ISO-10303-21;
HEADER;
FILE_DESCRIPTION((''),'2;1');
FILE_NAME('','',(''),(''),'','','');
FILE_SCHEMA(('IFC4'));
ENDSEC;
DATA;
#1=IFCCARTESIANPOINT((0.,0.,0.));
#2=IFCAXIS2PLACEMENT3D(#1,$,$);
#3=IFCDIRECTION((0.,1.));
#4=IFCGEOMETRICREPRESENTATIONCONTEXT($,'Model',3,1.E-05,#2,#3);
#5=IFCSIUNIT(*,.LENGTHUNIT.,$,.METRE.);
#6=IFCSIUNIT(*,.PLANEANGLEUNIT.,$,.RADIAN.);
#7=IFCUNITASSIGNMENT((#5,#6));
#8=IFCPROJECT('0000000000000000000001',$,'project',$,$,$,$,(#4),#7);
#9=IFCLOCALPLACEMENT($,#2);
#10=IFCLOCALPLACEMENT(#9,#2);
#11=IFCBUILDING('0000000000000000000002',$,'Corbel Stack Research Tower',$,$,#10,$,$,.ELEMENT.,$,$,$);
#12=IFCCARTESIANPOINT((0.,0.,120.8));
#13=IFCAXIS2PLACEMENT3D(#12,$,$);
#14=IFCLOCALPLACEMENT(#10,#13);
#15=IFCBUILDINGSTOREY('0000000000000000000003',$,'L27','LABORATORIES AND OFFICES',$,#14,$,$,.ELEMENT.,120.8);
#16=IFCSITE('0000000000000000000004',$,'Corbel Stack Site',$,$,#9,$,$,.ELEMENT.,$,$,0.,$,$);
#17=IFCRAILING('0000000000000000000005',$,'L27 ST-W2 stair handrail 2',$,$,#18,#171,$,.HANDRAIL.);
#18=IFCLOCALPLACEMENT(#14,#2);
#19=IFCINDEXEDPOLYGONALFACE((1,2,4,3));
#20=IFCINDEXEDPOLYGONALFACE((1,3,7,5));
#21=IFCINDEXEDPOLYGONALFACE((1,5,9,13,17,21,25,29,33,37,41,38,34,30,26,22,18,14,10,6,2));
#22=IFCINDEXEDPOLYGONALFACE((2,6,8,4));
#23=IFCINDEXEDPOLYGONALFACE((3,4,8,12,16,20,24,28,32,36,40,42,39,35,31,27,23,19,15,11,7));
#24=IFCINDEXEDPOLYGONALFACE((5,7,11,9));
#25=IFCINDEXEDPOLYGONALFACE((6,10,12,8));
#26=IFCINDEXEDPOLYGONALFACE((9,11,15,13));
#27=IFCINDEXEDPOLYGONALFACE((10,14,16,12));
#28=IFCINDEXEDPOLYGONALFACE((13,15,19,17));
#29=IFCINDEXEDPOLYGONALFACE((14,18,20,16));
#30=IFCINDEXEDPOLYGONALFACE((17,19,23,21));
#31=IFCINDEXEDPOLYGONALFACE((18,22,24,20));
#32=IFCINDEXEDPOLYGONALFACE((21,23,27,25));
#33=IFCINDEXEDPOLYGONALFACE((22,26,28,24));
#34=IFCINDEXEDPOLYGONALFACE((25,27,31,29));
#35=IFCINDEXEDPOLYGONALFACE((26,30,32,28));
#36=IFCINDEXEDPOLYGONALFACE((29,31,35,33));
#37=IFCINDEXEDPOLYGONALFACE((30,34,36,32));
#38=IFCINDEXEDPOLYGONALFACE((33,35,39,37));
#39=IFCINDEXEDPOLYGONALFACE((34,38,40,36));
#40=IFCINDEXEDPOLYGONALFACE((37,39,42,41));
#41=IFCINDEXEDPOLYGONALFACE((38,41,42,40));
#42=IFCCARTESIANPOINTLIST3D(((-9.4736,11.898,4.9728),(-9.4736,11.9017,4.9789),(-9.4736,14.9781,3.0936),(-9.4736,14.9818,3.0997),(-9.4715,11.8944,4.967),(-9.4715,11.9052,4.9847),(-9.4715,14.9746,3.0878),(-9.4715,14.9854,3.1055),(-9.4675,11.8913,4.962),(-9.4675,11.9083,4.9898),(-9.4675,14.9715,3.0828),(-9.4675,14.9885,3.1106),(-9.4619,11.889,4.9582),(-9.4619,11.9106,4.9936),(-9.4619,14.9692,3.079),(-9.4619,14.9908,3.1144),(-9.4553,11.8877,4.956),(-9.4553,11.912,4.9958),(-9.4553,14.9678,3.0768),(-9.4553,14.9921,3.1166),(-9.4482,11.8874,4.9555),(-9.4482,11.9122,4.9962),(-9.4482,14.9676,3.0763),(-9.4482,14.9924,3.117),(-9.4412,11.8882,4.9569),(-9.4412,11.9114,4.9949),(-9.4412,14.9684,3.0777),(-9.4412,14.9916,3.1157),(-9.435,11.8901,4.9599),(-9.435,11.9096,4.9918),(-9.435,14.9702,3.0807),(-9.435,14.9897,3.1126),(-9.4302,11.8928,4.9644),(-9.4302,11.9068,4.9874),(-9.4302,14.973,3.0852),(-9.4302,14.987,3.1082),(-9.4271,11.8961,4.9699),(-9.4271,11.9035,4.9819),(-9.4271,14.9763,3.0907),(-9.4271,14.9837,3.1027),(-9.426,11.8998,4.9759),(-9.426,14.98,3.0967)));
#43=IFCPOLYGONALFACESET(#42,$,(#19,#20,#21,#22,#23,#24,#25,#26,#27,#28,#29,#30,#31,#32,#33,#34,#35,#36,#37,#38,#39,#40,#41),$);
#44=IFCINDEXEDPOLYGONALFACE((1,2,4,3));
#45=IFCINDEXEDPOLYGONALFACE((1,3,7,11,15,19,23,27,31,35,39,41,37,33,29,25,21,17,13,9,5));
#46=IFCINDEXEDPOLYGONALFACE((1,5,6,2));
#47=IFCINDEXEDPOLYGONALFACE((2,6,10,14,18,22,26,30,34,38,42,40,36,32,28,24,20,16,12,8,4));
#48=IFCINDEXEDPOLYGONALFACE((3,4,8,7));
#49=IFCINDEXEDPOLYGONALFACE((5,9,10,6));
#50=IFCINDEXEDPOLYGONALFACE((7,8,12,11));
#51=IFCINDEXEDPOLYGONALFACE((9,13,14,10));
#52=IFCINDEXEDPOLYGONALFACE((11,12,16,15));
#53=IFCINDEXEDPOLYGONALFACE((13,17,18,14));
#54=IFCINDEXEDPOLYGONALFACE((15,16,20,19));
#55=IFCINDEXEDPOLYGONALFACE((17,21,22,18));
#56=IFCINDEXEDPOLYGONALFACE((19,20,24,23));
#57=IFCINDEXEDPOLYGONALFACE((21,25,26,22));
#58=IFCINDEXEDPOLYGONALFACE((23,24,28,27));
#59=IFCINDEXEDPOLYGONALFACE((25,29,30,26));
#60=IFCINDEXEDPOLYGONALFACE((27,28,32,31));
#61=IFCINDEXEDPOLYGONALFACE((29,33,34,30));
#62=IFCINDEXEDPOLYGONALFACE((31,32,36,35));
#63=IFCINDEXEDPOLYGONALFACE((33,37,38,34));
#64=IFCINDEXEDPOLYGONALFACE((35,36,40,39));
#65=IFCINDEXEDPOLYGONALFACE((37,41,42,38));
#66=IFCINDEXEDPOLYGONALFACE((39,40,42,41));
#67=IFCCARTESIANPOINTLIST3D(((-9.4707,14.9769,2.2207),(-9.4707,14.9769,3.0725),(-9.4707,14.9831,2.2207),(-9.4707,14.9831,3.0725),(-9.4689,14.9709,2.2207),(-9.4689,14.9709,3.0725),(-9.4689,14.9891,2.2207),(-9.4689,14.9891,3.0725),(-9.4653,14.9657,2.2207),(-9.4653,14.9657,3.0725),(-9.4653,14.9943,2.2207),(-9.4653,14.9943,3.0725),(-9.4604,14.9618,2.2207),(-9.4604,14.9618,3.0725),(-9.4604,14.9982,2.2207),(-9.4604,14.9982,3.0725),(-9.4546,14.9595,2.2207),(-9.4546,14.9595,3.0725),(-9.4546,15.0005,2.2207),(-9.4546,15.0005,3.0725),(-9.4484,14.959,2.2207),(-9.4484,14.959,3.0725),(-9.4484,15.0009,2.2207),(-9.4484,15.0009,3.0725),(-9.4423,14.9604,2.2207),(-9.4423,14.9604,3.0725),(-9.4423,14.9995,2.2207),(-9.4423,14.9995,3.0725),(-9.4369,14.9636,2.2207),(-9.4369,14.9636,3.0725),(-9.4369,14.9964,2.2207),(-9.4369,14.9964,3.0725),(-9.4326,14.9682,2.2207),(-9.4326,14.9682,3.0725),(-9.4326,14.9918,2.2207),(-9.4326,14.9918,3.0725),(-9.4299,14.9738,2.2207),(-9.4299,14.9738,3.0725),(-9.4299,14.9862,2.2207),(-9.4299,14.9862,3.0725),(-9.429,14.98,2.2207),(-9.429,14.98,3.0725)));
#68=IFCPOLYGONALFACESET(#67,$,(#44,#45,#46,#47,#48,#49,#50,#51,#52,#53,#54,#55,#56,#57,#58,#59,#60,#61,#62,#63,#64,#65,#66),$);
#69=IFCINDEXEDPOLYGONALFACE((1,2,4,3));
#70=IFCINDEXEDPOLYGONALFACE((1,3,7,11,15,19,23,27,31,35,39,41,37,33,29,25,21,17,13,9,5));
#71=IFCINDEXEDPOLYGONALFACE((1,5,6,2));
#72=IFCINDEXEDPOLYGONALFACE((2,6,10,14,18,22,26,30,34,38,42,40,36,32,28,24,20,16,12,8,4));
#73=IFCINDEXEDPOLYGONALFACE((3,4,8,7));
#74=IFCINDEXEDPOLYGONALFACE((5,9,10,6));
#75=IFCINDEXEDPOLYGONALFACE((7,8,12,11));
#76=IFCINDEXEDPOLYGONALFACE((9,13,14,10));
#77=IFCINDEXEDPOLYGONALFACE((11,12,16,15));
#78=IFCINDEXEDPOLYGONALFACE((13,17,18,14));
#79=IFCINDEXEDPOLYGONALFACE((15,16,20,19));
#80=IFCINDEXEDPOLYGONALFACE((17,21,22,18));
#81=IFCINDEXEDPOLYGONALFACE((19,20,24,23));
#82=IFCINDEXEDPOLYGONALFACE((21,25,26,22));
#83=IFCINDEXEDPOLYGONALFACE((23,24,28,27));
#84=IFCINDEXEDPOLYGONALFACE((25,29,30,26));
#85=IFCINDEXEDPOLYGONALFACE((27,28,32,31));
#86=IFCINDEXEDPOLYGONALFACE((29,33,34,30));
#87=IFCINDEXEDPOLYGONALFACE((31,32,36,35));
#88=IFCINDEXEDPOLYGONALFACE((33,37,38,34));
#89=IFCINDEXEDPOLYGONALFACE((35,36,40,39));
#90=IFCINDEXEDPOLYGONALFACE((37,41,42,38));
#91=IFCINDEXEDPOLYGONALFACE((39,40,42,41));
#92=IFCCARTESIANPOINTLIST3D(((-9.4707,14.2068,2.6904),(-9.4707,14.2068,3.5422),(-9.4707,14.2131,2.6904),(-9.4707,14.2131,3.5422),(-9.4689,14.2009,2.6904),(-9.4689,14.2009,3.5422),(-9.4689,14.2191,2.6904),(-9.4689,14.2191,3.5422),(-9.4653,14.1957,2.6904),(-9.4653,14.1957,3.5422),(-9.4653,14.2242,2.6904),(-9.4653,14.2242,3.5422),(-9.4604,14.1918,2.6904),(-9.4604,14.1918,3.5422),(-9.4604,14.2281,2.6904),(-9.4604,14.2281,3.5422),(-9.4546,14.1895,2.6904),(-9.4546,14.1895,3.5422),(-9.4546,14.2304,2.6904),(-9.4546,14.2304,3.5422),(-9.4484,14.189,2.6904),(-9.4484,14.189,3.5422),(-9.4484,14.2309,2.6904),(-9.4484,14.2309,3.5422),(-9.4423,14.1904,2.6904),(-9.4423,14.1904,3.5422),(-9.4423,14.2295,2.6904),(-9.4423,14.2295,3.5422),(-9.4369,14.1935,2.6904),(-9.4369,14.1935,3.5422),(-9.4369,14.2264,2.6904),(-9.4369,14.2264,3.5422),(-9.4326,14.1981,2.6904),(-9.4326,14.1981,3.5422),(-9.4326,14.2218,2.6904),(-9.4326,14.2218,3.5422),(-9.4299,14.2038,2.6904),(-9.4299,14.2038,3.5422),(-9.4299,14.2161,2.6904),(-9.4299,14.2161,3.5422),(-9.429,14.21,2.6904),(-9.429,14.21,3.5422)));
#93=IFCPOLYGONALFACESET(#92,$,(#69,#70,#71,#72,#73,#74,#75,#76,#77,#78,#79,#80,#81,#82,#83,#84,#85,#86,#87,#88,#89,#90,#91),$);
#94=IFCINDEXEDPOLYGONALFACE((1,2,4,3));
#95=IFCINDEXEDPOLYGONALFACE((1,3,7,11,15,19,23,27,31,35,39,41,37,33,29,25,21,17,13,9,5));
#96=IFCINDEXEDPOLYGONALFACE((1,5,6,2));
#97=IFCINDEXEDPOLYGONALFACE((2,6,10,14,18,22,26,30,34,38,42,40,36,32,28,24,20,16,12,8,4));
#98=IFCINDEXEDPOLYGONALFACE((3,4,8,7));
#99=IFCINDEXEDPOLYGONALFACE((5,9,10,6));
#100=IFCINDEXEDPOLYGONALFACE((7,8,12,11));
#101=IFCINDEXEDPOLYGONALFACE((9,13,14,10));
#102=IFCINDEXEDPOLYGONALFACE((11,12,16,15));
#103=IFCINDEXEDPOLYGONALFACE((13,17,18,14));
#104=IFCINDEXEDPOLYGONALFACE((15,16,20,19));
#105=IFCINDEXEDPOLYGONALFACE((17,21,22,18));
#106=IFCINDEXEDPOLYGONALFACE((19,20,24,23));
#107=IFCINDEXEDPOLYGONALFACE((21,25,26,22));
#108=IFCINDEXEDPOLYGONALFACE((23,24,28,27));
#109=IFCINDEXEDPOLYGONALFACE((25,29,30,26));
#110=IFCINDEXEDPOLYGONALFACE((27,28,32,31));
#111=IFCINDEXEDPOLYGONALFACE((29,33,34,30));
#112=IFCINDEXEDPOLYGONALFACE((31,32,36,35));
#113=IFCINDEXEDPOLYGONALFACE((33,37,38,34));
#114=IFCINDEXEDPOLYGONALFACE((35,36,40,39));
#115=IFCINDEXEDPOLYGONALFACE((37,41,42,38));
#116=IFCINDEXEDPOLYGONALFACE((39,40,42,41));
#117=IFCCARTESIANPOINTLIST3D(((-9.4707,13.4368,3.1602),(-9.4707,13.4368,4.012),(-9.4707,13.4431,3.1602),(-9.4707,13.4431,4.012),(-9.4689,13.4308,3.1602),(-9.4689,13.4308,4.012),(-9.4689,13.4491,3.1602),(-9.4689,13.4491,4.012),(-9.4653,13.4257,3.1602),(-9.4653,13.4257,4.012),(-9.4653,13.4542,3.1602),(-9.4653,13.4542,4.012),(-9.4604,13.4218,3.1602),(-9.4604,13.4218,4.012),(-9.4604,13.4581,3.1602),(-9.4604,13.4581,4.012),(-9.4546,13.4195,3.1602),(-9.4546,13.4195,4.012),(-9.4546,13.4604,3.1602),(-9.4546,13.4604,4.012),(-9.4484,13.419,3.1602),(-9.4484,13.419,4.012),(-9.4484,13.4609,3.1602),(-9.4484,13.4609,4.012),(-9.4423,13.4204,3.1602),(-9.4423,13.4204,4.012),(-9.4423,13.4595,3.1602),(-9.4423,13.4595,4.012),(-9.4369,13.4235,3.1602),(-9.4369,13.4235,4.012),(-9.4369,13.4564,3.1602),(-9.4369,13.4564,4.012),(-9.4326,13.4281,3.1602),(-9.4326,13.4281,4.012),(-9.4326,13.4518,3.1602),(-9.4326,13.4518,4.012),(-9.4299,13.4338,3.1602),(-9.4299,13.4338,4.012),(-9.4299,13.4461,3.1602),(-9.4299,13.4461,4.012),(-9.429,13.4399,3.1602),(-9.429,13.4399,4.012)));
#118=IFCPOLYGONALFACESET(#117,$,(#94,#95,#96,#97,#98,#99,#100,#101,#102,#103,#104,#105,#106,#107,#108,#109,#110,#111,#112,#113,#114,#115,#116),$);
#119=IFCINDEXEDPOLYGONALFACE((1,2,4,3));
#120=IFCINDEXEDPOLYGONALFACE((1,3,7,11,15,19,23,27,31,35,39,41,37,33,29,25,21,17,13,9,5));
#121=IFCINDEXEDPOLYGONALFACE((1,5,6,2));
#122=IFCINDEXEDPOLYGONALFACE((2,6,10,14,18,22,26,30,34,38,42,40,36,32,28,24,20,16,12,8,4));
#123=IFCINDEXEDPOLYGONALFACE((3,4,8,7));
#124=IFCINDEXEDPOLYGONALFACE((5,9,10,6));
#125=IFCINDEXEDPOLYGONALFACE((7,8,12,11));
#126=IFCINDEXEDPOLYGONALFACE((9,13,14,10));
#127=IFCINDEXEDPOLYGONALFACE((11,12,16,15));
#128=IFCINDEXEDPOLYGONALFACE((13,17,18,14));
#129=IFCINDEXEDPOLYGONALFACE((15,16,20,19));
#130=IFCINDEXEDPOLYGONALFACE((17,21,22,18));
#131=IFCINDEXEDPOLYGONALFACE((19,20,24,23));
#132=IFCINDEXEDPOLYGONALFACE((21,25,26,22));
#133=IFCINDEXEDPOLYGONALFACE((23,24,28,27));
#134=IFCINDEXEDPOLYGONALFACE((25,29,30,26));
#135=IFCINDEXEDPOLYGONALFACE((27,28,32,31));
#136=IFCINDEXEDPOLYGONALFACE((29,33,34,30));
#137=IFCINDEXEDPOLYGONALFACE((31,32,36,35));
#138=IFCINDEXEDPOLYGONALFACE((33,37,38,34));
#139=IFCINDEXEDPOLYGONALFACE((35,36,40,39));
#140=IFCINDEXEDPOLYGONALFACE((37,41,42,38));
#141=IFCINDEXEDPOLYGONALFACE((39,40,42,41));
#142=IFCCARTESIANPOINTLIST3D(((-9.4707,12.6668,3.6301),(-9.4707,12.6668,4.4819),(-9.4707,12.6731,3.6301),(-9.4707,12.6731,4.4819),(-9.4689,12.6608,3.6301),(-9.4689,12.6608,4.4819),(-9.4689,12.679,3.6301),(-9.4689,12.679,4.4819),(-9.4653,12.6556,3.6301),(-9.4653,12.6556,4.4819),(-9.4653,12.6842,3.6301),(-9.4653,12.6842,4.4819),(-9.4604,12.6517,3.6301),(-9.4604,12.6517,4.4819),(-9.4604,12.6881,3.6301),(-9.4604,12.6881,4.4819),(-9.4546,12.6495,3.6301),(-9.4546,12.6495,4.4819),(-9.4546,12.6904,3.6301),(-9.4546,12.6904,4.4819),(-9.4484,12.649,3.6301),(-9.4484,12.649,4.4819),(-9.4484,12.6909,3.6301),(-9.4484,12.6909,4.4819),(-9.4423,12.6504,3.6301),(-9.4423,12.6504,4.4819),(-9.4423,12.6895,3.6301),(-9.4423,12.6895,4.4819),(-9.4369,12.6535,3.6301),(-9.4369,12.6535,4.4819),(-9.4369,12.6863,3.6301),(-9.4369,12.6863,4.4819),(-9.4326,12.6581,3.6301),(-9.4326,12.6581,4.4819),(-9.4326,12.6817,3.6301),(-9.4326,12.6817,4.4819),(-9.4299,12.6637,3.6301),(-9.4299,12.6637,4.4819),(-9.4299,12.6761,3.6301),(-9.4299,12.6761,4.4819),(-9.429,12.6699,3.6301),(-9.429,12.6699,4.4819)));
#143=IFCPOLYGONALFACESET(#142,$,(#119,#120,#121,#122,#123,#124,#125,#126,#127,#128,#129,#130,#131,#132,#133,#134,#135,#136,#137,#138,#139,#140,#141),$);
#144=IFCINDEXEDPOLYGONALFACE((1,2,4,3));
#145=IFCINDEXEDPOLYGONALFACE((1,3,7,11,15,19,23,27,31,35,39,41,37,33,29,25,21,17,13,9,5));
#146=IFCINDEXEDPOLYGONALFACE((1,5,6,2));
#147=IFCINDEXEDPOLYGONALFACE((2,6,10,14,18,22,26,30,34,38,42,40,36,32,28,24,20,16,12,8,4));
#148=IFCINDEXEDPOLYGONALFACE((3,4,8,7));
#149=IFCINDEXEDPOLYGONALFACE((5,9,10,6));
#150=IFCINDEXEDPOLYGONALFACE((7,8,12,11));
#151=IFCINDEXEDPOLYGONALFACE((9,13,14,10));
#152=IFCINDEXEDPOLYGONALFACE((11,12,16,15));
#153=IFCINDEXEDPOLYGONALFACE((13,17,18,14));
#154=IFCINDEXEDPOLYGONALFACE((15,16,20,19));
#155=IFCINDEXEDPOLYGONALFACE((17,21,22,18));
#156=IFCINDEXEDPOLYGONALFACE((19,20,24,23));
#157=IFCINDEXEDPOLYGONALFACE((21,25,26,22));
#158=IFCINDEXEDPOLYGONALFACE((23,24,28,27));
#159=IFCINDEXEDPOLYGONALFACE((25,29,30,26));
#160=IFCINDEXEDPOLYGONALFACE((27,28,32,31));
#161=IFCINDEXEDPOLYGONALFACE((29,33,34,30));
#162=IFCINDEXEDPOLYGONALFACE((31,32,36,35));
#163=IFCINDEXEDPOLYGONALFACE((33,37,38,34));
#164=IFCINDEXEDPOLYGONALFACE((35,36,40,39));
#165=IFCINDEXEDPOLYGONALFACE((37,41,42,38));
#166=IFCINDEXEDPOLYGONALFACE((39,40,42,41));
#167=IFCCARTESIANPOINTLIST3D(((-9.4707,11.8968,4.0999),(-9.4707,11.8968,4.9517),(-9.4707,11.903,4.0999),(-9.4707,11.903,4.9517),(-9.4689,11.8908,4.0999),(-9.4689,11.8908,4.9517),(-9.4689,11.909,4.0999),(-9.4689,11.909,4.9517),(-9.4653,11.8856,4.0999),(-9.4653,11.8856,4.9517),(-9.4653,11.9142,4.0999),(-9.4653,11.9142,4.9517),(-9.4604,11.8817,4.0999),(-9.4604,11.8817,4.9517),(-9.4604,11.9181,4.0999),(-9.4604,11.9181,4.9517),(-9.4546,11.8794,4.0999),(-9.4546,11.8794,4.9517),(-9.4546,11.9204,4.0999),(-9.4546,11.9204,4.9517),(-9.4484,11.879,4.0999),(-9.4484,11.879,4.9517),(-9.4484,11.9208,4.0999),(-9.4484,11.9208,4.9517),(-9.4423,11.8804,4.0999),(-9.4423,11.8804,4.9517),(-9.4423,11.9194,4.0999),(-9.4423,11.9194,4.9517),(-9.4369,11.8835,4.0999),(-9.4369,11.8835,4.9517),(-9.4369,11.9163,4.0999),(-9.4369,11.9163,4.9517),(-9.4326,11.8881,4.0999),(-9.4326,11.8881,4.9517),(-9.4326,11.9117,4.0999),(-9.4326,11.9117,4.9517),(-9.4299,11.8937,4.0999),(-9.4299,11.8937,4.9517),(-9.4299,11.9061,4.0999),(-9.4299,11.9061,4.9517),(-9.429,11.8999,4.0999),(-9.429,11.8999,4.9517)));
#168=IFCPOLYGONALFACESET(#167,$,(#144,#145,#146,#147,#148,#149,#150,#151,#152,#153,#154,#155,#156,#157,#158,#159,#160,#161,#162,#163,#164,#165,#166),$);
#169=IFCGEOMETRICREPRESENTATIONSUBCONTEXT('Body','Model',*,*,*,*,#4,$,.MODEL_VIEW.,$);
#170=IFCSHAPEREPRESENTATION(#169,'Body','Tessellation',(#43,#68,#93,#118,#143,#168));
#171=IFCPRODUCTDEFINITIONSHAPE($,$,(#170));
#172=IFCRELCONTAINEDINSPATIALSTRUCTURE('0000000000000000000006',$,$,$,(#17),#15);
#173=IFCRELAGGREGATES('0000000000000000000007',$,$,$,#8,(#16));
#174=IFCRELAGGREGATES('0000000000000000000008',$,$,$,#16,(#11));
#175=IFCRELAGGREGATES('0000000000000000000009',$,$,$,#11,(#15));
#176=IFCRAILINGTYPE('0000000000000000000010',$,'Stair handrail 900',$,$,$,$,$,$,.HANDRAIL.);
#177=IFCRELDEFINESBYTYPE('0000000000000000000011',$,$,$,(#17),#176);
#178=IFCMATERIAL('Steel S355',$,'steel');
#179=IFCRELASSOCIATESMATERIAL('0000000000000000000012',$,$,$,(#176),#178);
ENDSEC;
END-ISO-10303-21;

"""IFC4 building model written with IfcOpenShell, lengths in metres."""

from ifc_helpers import new_model, si_unit, direction, frame, origin, origin_2d, place, context, subcontext, project, spatial, circle, extrude, material, type_object, element, save


model = new_model("IFC4")

# Units and contexts
model_context = context("Model", 3, precision=1e-05, world=origin(), true_north=direction((0.0, 1.0)))
body_context = subcontext(model_context, "Body", "Model", "MODEL_VIEW")
ifc_project = project(units=[si_unit("LENGTHUNIT", "METRE"), si_unit("PLANEANGLEUNIT", "RADIAN")], contexts=[model_context])

# Site, building, storey
site_placement = place(None, origin())
site = spatial("IfcSite", under=ifc_project, at=site_placement, Name="Corbel Stack Site", CompositionType="ELEMENT", RefElevation=0.0)
building_placement = place(site_placement, origin())
building = spatial("IfcBuilding", under=site, at=building_placement, Name="Corbel Stack Research Tower", CompositionType="ELEMENT")
storey_placement = place(building_placement, frame((0.0, 0.0, 120.8)))
storey = spatial("IfcBuildingStorey", under=building, at=storey_placement, Name="L27", Description="LABORATORIES AND OFFICES", CompositionType="ELEMENT", Elevation=120.8)

# Railing
ifc_material_1 = material(Name="Steel S355", Category="steel")
railing_type_1 = type_object("IfcRailingType", Name="Stair handrail 900", PredefinedType="HANDRAIL", material=ifc_material_1)
railing_placement = place(storey_placement, frame((-9.45, 14.98, 2.2207)))
element("IfcRailing", 1, at=railing_placement, inside=storey, type_object=railing_type_1, Name="L27 ST-W2 stair handrail 2", PredefinedType="HANDRAIL", context=body_context, shape_type="SweptSolid", body=[
    extrude(circle(Radius=0.0239, at=origin_2d()), frame((0.0, 0.0, 0.876), z_axis=(0.0, -0.853666, 0.52082), x_axis=(1.0, 0.0, 0.0)), (0.0, 0.0, 1.0), 3.6082),
    extrude(circle(Radius=0.021, at=origin_2d()), origin(), (0.0, 0.0, 1.0), 0.8518),
    extrude(circle(Radius=0.021, at=origin_2d()), frame((0.0, -0.77, 0.4697)), (0.0, 0.0, 1.0), 0.8518),
    extrude(circle(Radius=0.021, at=origin_2d()), frame((0.0, -1.54, 0.9395)), (0.0, 0.0, 1.0), 0.8518),
    extrude(circle(Radius=0.021, at=origin_2d()), frame((0.0, -2.3101, 1.4094)), (0.0, 0.0, 1.0), 0.8518),
    extrude(circle(Radius=0.021, at=origin_2d()), frame((0.0, -3.0801, 1.8792)), (0.0, 0.0, 1.0), 0.8518),
])

save(model, "model.ifc")
